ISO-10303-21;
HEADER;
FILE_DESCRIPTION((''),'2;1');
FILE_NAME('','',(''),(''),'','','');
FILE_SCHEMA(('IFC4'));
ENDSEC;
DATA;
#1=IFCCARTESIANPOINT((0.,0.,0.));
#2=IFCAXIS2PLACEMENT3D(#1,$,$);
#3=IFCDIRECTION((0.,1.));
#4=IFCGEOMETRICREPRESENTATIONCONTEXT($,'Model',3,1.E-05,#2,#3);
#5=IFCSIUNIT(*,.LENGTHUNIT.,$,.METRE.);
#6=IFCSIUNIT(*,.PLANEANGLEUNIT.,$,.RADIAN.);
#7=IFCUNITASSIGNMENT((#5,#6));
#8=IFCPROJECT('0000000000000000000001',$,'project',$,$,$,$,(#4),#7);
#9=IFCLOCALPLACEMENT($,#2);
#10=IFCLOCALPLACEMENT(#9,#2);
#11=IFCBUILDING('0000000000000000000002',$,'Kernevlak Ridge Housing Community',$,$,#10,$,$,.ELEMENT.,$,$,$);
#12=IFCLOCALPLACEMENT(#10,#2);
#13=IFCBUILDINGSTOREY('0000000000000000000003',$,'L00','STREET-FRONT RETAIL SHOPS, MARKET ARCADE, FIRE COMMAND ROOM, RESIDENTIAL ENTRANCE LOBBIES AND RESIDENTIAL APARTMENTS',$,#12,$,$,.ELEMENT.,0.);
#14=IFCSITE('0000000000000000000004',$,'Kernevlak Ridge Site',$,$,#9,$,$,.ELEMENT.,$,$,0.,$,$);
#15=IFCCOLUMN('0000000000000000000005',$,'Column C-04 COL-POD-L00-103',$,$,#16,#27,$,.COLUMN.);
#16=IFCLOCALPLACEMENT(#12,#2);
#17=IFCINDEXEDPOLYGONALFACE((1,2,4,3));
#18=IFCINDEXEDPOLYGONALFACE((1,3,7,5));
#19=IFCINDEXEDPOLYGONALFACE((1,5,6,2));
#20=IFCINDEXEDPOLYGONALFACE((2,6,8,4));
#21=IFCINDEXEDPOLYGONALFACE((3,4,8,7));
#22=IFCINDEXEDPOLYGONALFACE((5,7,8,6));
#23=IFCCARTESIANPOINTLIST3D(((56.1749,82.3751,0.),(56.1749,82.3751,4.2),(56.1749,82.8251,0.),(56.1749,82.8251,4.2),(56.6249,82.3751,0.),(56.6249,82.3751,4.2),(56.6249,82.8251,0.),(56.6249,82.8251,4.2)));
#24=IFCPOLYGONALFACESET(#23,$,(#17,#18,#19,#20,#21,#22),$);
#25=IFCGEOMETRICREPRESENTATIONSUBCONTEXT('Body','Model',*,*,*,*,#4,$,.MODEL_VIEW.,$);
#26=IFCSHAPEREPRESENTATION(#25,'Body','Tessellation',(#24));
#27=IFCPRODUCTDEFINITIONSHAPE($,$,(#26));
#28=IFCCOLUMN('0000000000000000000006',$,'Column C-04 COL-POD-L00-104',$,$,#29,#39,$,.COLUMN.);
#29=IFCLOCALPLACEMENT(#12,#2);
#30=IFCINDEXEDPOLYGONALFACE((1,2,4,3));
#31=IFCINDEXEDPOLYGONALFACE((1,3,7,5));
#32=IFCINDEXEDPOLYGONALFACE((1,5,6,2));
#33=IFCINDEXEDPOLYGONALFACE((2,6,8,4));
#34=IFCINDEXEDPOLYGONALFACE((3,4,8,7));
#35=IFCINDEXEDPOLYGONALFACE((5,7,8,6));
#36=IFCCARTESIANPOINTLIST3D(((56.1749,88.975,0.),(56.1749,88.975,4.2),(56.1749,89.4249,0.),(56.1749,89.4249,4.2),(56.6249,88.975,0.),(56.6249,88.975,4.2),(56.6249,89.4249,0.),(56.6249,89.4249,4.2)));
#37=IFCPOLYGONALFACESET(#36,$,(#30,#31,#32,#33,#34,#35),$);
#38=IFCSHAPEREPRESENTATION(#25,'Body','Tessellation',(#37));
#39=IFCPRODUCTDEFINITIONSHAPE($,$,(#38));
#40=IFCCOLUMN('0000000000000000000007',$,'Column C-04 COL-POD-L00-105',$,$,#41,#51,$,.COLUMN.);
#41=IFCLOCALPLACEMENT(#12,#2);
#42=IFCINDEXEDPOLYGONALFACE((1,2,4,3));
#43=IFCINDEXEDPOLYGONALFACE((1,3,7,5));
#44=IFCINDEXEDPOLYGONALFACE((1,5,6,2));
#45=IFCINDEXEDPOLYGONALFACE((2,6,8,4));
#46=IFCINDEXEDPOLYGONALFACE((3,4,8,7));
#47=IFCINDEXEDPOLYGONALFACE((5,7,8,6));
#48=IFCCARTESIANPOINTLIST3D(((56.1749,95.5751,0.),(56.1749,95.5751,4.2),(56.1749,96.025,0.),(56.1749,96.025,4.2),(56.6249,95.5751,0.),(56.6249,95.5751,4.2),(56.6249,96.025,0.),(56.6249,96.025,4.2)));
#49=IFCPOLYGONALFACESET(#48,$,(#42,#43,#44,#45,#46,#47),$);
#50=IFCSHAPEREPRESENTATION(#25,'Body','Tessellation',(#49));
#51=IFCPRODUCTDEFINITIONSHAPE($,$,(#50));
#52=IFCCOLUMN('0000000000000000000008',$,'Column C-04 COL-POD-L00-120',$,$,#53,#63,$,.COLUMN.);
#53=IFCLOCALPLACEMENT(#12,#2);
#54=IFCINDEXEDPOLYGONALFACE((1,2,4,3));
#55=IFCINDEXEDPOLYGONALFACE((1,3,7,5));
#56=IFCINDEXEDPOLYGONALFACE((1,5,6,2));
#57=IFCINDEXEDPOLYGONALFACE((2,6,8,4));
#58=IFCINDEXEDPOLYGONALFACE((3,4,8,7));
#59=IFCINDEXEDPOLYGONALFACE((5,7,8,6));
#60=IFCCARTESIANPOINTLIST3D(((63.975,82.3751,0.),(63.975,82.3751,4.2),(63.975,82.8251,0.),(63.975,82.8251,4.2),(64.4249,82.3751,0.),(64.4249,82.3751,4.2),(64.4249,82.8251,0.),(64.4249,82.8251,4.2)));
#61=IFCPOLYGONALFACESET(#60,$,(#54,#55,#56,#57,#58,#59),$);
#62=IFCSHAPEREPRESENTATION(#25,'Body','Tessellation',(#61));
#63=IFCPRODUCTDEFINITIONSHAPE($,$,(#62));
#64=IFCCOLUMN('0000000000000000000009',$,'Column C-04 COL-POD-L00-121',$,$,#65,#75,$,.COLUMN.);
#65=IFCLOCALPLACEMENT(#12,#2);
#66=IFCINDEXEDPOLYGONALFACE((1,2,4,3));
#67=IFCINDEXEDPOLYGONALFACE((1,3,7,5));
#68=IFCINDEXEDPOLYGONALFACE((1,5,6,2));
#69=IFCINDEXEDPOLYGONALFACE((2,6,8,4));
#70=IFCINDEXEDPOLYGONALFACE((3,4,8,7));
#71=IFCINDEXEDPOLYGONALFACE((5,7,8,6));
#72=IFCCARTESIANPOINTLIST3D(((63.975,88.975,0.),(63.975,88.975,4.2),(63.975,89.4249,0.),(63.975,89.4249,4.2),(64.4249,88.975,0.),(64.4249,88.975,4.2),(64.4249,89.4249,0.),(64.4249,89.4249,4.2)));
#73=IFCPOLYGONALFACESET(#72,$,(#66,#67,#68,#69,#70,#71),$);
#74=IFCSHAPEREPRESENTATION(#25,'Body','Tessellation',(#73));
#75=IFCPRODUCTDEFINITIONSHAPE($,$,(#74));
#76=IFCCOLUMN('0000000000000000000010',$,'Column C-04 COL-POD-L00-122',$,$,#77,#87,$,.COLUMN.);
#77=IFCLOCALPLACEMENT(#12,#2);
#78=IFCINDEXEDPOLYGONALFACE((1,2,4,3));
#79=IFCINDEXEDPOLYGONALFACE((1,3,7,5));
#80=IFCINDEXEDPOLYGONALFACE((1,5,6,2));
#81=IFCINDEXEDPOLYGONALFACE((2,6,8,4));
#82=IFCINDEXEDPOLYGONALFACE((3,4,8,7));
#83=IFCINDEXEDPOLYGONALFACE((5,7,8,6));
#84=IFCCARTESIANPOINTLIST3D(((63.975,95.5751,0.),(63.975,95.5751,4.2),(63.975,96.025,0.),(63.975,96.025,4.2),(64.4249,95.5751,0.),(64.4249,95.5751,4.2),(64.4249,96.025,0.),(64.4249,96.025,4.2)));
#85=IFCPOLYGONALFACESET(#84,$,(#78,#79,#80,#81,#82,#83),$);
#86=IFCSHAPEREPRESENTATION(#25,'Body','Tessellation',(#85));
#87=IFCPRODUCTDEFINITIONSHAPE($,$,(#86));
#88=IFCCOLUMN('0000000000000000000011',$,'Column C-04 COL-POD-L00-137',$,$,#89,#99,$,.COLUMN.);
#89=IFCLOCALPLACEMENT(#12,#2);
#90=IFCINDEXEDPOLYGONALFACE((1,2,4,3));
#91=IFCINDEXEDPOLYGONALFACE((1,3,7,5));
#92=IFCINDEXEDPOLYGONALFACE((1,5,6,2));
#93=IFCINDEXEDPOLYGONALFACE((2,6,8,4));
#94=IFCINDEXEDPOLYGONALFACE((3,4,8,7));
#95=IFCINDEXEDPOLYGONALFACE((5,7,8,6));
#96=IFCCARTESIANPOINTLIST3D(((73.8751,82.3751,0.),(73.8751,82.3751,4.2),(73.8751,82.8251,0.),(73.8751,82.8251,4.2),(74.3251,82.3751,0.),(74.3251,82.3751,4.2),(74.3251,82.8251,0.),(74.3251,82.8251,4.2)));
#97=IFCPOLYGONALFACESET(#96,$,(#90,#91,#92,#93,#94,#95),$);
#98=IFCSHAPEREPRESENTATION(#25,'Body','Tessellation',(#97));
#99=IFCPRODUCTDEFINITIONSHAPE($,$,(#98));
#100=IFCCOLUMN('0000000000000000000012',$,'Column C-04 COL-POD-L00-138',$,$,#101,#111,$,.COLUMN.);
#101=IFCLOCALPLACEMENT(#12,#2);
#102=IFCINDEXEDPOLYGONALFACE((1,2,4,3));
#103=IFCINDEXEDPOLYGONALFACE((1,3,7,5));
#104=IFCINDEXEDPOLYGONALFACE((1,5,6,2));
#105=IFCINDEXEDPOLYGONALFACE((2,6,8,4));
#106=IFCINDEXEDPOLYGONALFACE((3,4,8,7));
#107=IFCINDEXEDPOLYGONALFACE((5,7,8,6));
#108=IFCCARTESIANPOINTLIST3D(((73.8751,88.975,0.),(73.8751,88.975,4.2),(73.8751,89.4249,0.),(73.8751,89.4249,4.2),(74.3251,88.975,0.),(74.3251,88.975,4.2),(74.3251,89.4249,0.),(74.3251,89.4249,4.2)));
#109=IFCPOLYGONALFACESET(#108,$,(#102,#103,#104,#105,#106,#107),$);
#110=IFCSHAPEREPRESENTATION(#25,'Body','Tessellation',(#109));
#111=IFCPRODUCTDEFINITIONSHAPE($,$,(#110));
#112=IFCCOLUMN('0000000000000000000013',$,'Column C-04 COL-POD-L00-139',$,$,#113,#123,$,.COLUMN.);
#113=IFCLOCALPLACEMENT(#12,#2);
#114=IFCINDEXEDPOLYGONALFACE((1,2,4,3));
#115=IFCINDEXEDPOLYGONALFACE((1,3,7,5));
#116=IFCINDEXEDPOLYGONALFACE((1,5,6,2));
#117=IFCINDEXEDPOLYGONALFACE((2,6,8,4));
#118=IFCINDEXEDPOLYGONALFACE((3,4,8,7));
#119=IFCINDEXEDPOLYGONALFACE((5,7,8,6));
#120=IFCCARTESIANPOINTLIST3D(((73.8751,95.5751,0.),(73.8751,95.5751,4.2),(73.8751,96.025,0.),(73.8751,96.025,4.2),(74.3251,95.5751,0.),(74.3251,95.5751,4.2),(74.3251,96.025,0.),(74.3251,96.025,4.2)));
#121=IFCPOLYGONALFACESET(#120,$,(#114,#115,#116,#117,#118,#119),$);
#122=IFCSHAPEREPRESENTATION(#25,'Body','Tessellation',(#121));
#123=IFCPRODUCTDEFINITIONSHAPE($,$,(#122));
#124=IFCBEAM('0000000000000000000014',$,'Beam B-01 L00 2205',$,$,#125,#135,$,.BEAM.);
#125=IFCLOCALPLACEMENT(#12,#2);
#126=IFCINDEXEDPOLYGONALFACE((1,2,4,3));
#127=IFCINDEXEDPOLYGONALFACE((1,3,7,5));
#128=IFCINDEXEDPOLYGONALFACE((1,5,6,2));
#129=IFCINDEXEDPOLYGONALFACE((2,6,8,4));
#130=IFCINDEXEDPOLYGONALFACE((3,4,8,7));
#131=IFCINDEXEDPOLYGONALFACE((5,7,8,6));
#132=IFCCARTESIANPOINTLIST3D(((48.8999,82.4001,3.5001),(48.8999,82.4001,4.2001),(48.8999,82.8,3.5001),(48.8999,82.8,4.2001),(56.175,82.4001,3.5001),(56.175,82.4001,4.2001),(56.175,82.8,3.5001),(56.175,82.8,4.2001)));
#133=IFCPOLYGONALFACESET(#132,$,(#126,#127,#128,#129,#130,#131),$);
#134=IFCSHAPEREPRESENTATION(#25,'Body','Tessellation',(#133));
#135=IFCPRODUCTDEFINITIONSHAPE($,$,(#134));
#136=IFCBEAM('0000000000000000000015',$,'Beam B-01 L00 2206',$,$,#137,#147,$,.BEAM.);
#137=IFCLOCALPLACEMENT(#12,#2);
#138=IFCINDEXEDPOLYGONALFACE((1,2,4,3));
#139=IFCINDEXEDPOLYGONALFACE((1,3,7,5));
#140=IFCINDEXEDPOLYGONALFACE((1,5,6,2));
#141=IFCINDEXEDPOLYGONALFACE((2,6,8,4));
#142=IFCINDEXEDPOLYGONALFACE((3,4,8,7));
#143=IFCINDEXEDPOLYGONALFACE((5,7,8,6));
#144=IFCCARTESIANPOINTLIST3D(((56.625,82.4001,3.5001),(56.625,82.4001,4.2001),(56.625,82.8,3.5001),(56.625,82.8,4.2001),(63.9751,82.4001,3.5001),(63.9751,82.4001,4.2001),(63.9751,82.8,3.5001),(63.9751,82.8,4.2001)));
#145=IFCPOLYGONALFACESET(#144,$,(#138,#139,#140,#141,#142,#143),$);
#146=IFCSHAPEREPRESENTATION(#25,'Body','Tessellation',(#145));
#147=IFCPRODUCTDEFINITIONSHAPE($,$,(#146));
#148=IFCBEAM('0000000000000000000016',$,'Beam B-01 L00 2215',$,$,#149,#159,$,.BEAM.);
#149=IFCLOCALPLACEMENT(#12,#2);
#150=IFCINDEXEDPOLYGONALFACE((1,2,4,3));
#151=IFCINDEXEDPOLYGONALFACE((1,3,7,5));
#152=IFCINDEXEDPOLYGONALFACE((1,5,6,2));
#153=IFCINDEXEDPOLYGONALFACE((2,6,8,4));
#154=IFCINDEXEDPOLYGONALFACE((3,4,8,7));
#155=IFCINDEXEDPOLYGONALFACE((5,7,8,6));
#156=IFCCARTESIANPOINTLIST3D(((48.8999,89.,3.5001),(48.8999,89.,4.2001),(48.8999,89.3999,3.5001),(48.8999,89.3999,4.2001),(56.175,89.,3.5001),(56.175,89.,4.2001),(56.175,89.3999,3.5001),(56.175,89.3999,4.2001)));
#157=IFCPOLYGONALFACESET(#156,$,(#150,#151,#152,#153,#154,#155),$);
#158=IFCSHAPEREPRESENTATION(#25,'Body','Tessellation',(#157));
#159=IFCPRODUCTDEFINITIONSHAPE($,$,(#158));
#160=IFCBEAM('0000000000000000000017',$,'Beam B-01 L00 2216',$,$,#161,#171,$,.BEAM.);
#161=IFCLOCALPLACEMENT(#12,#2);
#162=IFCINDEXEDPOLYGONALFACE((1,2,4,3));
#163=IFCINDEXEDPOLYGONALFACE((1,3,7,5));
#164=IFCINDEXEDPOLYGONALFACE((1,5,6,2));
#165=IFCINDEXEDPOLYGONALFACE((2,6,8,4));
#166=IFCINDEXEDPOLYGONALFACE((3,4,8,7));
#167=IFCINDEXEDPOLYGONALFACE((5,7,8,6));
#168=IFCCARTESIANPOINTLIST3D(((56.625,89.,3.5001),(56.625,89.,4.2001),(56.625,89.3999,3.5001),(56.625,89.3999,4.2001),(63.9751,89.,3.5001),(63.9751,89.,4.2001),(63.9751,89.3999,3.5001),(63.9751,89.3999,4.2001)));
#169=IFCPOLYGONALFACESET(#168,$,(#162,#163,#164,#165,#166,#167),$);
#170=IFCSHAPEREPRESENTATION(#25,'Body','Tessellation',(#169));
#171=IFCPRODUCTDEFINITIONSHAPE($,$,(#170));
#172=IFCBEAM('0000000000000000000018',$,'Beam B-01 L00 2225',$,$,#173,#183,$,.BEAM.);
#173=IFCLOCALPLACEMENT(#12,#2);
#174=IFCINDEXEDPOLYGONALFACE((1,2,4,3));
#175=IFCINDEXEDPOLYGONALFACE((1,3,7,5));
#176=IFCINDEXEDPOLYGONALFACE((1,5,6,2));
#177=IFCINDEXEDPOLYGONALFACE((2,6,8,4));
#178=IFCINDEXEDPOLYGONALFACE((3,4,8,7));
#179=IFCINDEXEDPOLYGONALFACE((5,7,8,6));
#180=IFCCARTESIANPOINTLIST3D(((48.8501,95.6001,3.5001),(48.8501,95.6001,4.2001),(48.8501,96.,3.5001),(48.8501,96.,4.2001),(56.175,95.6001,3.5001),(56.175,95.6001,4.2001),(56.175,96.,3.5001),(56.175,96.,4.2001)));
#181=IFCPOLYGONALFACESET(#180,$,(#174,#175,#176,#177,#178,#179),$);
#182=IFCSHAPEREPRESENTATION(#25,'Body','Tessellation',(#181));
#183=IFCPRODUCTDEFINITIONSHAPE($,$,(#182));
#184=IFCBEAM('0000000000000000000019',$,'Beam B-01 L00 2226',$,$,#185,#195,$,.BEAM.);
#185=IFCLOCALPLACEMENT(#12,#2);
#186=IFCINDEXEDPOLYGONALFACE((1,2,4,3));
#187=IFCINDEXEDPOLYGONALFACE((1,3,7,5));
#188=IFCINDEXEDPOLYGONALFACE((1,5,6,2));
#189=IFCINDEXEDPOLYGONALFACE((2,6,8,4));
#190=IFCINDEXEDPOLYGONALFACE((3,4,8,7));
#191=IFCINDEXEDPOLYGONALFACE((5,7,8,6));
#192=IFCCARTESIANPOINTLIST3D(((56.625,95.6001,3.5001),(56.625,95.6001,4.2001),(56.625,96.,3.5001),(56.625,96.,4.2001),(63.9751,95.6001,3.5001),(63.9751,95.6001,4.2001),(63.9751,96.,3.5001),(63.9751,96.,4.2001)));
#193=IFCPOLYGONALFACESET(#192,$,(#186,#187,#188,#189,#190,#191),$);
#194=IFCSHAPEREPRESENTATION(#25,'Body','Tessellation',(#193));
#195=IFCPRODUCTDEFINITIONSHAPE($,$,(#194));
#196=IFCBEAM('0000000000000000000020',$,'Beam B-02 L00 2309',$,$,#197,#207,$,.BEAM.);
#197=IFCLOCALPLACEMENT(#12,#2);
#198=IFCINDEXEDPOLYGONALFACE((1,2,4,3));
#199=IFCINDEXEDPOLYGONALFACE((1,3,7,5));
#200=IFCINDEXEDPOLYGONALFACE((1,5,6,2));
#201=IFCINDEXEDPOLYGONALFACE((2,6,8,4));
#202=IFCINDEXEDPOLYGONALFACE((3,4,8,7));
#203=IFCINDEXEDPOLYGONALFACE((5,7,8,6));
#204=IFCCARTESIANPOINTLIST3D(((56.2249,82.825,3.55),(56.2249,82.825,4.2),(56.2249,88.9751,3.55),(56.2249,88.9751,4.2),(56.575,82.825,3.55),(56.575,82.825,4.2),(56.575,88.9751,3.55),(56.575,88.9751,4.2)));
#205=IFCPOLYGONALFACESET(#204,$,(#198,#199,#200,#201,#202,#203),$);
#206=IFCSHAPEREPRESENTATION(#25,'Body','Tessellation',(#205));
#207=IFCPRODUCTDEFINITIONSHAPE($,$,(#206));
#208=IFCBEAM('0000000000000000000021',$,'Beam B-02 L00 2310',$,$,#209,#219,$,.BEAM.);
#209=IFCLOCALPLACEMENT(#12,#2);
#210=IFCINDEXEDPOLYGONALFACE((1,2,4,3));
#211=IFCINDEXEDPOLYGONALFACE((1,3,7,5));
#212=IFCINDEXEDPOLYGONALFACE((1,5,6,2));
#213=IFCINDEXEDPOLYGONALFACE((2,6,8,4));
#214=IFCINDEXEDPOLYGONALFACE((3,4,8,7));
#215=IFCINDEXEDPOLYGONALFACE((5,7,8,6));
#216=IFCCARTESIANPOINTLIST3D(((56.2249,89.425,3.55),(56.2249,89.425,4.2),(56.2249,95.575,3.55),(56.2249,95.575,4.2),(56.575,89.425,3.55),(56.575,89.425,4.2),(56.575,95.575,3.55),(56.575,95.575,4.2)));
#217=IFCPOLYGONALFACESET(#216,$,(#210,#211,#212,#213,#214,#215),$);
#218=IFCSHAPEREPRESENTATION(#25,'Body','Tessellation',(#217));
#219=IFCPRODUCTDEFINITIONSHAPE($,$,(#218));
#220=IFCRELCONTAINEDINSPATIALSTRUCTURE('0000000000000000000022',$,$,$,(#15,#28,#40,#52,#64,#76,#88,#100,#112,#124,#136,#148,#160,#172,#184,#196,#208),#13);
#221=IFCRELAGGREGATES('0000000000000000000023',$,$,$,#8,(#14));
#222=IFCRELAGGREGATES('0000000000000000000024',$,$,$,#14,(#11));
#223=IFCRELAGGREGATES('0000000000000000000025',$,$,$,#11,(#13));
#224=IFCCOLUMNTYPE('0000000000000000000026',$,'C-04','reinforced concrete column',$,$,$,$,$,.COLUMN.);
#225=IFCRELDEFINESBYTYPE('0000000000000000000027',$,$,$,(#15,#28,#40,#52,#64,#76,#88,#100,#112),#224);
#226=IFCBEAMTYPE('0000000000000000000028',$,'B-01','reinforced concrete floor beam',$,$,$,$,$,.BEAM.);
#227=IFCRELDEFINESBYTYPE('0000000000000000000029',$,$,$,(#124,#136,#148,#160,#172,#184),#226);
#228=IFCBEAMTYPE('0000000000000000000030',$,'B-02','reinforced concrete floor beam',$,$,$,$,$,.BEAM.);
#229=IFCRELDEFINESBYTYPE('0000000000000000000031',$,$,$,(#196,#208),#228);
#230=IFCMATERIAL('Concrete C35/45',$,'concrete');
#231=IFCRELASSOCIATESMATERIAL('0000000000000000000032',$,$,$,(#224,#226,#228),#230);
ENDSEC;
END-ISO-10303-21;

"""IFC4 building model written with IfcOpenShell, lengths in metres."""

from ifc_helpers import new_model, si_unit, direction, frame, origin, origin_2d, place, context, subcontext, project, spatial, rectangle, extrude, material, material_profile, profile_set, type_object, element, save


model = new_model("IFC4")

# Units and contexts
model_context = context("Model", 3, precision=1e-05, world=origin(), true_north=direction((0.0, 1.0)))
body_context = subcontext(model_context, "Body", "Model", "MODEL_VIEW")
ifc_project = project(units=[si_unit("LENGTHUNIT", "METRE"), si_unit("PLANEANGLEUNIT", "RADIAN")], contexts=[model_context])

# Site, building, storey
site_placement = place(None, origin())
site = spatial("IfcSite", under=ifc_project, at=site_placement, Name="Kernevlak Ridge Site", CompositionType="ELEMENT", RefElevation=0.0)
building_placement = place(site_placement, origin())
building = spatial("IfcBuilding", under=site, at=building_placement, Name="Kernevlak Ridge Housing Community", CompositionType="ELEMENT")
storey_placement = place(building_placement, origin())
storey = spatial("IfcBuildingStorey", under=building, at=storey_placement, Name="L00", Description="STREET-FRONT RETAIL SHOPS, MARKET ARCADE, FIRE COMMAND ROOM, RESIDENTIAL ENTRANCE LOBBIES AND RESIDENTIAL APARTMENTS", CompositionType="ELEMENT", Elevation=0.0)

# Columns
ifc_material = material(Name="Concrete C35/45", Category="concrete")
ifc_material_profile_1 = material_profile(ifc_material, rectangle(XDim=0.45, YDim=0.45, at=origin_2d()), Name="RC 450x450")
ifc_profile_set_1 = profile_set([ifc_material_profile_1], Name="Concrete C35/45")
column_type = type_object("IfcColumnType", Name="C-04", Description="reinforced concrete column", PredefinedType="COLUMN", material=ifc_profile_set_1)
for number, where, z_axis, x_axis, name in (
    (1, (56.3999, 82.6001, 0.0), (0.0, 0.0, 1.0), (1.0, 0.0, 0.0), "Column C-04 COL-POD-L00-103"),
    (2, (56.3999, 89.2, 0.0), (0.0, 0.0, 1.0), (1.0, 0.0, 0.0), "Column C-04 COL-POD-L00-104"),
    (3, (56.3999, 95.8, 0.0), (0.0, 0.0, 1.0), (1.0, 0.0, 0.0), "Column C-04 COL-POD-L00-105"),
    (4, (64.2, 82.6001, 0.0), (0.0, 0.0, 1.0), (1.0, 0.0, 0.0), "Column C-04 COL-POD-L00-120"),
    (5, (64.2, 89.2, 0.0), (0.0, 0.0, 1.0), (1.0, 0.0, 0.0), "Column C-04 COL-POD-L00-121"),
    (6, (64.2, 95.8, 0.0), (0.0, 0.0, 1.0), (1.0, 0.0, 0.0), "Column C-04 COL-POD-L00-122"),
    (7, (74.1001, 82.6001, 0.0), (0.0, 0.0, 1.0), (1.0, 0.0, 0.0), "Column C-04 COL-POD-L00-137"),
    (8, (74.1001, 89.2, 0.0), (0.0, 0.0, 1.0), (1.0, 0.0, 0.0), "Column C-04 COL-POD-L00-138"),
    (9, (74.1001, 95.8, 0.0), (0.0, 0.0, 1.0), (1.0, 0.0, 0.0), "Column C-04 COL-POD-L00-139"),
):
    element("IfcColumn", number, at=place(storey_placement, frame(where, z_axis=z_axis, x_axis=x_axis)), inside=storey, type_object=column_type, Name=name, PredefinedType="COLUMN", context=body_context, shape_type="SweptSolid", body=[
        extrude(rectangle(XDim=0.45, YDim=0.45, at=origin_2d()), origin(), (0.0, 0.0, 1.0), 4.2),
    ])

# Beams
ifc_material_profile_2 = material_profile(ifc_material, rectangle(XDim=0.3999, YDim=0.7, at=origin_2d()), Name="RC 400x700")
ifc_profile_set_2 = profile_set([ifc_material_profile_2], Name="Concrete C35/45")
beam_type_1 = type_object("IfcBeamType", Name="B-01", Description="reinforced concrete floor beam", PredefinedType="BEAM", material=ifc_profile_set_2)
beam_1_placement = place(storey_placement, frame((48.8999, 82.6001, 3.8501), z_axis=(1.0, 0.0, 0.0), x_axis=(0.0, 1.0, 0.0)))
element("IfcBeam", 10, at=beam_1_placement, inside=storey, type_object=beam_type_1, Name="Beam B-01 L00 2205", PredefinedType="BEAM", context=body_context, shape_type="SweptSolid", body=[
    extrude(rectangle(XDim=0.3999, YDim=0.7, at=origin_2d()), origin(), (0.0, 0.0, 1.0), 7.2751),
])
beam_2_placement = place(storey_placement, frame((56.625, 82.6001, 3.8501), z_axis=(1.0, 0.0, 0.0), x_axis=(0.0, 1.0, 0.0)))
element("IfcBeam", 11, at=beam_2_placement, inside=storey, type_object=beam_type_1, Name="Beam B-01 L00 2206", PredefinedType="BEAM", context=body_context, shape_type="SweptSolid", body=[
    extrude(rectangle(XDim=0.3999, YDim=0.7, at=origin_2d()), origin(), (0.0, 0.0, 1.0), 7.3501),
])
beam_3_placement = place(storey_placement, frame((48.8999, 89.2, 3.8501), z_axis=(1.0, 0.0, 0.0), x_axis=(0.0, 1.0, 0.0)))
element("IfcBeam", 12, at=beam_3_placement, inside=storey, type_object=beam_type_1, Name="Beam B-01 L00 2215", PredefinedType="BEAM", context=body_context, shape_type="SweptSolid", body=[
    extrude(rectangle(XDim=0.3999, YDim=0.7, at=origin_2d()), origin(), (0.0, 0.0, 1.0), 7.2751),
])
beam_4_placement = place(storey_placement, frame((56.625, 89.2, 3.8501), z_axis=(1.0, 0.0, 0.0), x_axis=(0.0, 1.0, 0.0)))
element("IfcBeam", 13, at=beam_4_placement, inside=storey, type_object=beam_type_1, Name="Beam B-01 L00 2216", PredefinedType="BEAM", context=body_context, shape_type="SweptSolid", body=[
    extrude(rectangle(XDim=0.3999, YDim=0.7, at=origin_2d()), origin(), (0.0, 0.0, 1.0), 7.3501),
])
beam_5_placement = place(storey_placement, frame((48.8501, 95.8, 3.8501), z_axis=(1.0, 0.0, 0.0), x_axis=(0.0, 1.0, 0.0)))
element("IfcBeam", 14, at=beam_5_placement, inside=storey, type_object=beam_type_1, Name="Beam B-01 L00 2225", PredefinedType="BEAM", context=body_context, shape_type="SweptSolid", body=[
    extrude(rectangle(XDim=0.3999, YDim=0.7, at=origin_2d()), origin(), (0.0, 0.0, 1.0), 7.325),
])
beam_6_placement = place(storey_placement, frame((56.625, 95.8, 3.8501), z_axis=(1.0, 0.0, 0.0), x_axis=(0.0, 1.0, 0.0)))
element("IfcBeam", 15, at=beam_6_placement, inside=storey, type_object=beam_type_1, Name="Beam B-01 L00 2226", PredefinedType="BEAM", context=body_context, shape_type="SweptSolid", body=[
    extrude(rectangle(XDim=0.3999, YDim=0.7, at=origin_2d()), origin(), (0.0, 0.0, 1.0), 7.3501),
])
ifc_material_profile_3 = material_profile(ifc_material, rectangle(XDim=0.3501, YDim=0.6499, at=origin_2d()), Name="RC 350x650")
ifc_profile_set_3 = profile_set([ifc_material_profile_3], Name="Concrete C35/45")
beam_type_2 = type_object("IfcBeamType", Name="B-02", Description="reinforced concrete floor beam", PredefinedType="BEAM", material=ifc_profile_set_3)
beam_7_placement = place(storey_placement, frame((56.3999, 82.825, 3.875), z_axis=(0.0, 1.0, 0.0), x_axis=(-1.0, 0.0, 0.0)))
element("IfcBeam", 16, at=beam_7_placement, inside=storey, type_object=beam_type_2, Name="Beam B-02 L00 2309", PredefinedType="BEAM", context=body_context, shape_type="SweptSolid", body=[
    extrude(rectangle(XDim=0.3501, YDim=0.6499, at=origin_2d()), origin(), (0.0, 0.0, 1.0), 6.1501),
])
beam_8_placement = place(storey_placement, frame((56.3999, 89.425, 3.875), z_axis=(0.0, 1.0, 0.0), x_axis=(-1.0, 0.0, 0.0)))
element("IfcBeam", 17, at=beam_8_placement, inside=storey, type_object=beam_type_2, Name="Beam B-02 L00 2310", PredefinedType="BEAM", context=body_context, shape_type="SweptSolid", body=[
    extrude(rectangle(XDim=0.3501, YDim=0.6499, at=origin_2d()), origin(), (0.0, 0.0, 1.0), 6.1499),
])

save(model, "model.ifc")
